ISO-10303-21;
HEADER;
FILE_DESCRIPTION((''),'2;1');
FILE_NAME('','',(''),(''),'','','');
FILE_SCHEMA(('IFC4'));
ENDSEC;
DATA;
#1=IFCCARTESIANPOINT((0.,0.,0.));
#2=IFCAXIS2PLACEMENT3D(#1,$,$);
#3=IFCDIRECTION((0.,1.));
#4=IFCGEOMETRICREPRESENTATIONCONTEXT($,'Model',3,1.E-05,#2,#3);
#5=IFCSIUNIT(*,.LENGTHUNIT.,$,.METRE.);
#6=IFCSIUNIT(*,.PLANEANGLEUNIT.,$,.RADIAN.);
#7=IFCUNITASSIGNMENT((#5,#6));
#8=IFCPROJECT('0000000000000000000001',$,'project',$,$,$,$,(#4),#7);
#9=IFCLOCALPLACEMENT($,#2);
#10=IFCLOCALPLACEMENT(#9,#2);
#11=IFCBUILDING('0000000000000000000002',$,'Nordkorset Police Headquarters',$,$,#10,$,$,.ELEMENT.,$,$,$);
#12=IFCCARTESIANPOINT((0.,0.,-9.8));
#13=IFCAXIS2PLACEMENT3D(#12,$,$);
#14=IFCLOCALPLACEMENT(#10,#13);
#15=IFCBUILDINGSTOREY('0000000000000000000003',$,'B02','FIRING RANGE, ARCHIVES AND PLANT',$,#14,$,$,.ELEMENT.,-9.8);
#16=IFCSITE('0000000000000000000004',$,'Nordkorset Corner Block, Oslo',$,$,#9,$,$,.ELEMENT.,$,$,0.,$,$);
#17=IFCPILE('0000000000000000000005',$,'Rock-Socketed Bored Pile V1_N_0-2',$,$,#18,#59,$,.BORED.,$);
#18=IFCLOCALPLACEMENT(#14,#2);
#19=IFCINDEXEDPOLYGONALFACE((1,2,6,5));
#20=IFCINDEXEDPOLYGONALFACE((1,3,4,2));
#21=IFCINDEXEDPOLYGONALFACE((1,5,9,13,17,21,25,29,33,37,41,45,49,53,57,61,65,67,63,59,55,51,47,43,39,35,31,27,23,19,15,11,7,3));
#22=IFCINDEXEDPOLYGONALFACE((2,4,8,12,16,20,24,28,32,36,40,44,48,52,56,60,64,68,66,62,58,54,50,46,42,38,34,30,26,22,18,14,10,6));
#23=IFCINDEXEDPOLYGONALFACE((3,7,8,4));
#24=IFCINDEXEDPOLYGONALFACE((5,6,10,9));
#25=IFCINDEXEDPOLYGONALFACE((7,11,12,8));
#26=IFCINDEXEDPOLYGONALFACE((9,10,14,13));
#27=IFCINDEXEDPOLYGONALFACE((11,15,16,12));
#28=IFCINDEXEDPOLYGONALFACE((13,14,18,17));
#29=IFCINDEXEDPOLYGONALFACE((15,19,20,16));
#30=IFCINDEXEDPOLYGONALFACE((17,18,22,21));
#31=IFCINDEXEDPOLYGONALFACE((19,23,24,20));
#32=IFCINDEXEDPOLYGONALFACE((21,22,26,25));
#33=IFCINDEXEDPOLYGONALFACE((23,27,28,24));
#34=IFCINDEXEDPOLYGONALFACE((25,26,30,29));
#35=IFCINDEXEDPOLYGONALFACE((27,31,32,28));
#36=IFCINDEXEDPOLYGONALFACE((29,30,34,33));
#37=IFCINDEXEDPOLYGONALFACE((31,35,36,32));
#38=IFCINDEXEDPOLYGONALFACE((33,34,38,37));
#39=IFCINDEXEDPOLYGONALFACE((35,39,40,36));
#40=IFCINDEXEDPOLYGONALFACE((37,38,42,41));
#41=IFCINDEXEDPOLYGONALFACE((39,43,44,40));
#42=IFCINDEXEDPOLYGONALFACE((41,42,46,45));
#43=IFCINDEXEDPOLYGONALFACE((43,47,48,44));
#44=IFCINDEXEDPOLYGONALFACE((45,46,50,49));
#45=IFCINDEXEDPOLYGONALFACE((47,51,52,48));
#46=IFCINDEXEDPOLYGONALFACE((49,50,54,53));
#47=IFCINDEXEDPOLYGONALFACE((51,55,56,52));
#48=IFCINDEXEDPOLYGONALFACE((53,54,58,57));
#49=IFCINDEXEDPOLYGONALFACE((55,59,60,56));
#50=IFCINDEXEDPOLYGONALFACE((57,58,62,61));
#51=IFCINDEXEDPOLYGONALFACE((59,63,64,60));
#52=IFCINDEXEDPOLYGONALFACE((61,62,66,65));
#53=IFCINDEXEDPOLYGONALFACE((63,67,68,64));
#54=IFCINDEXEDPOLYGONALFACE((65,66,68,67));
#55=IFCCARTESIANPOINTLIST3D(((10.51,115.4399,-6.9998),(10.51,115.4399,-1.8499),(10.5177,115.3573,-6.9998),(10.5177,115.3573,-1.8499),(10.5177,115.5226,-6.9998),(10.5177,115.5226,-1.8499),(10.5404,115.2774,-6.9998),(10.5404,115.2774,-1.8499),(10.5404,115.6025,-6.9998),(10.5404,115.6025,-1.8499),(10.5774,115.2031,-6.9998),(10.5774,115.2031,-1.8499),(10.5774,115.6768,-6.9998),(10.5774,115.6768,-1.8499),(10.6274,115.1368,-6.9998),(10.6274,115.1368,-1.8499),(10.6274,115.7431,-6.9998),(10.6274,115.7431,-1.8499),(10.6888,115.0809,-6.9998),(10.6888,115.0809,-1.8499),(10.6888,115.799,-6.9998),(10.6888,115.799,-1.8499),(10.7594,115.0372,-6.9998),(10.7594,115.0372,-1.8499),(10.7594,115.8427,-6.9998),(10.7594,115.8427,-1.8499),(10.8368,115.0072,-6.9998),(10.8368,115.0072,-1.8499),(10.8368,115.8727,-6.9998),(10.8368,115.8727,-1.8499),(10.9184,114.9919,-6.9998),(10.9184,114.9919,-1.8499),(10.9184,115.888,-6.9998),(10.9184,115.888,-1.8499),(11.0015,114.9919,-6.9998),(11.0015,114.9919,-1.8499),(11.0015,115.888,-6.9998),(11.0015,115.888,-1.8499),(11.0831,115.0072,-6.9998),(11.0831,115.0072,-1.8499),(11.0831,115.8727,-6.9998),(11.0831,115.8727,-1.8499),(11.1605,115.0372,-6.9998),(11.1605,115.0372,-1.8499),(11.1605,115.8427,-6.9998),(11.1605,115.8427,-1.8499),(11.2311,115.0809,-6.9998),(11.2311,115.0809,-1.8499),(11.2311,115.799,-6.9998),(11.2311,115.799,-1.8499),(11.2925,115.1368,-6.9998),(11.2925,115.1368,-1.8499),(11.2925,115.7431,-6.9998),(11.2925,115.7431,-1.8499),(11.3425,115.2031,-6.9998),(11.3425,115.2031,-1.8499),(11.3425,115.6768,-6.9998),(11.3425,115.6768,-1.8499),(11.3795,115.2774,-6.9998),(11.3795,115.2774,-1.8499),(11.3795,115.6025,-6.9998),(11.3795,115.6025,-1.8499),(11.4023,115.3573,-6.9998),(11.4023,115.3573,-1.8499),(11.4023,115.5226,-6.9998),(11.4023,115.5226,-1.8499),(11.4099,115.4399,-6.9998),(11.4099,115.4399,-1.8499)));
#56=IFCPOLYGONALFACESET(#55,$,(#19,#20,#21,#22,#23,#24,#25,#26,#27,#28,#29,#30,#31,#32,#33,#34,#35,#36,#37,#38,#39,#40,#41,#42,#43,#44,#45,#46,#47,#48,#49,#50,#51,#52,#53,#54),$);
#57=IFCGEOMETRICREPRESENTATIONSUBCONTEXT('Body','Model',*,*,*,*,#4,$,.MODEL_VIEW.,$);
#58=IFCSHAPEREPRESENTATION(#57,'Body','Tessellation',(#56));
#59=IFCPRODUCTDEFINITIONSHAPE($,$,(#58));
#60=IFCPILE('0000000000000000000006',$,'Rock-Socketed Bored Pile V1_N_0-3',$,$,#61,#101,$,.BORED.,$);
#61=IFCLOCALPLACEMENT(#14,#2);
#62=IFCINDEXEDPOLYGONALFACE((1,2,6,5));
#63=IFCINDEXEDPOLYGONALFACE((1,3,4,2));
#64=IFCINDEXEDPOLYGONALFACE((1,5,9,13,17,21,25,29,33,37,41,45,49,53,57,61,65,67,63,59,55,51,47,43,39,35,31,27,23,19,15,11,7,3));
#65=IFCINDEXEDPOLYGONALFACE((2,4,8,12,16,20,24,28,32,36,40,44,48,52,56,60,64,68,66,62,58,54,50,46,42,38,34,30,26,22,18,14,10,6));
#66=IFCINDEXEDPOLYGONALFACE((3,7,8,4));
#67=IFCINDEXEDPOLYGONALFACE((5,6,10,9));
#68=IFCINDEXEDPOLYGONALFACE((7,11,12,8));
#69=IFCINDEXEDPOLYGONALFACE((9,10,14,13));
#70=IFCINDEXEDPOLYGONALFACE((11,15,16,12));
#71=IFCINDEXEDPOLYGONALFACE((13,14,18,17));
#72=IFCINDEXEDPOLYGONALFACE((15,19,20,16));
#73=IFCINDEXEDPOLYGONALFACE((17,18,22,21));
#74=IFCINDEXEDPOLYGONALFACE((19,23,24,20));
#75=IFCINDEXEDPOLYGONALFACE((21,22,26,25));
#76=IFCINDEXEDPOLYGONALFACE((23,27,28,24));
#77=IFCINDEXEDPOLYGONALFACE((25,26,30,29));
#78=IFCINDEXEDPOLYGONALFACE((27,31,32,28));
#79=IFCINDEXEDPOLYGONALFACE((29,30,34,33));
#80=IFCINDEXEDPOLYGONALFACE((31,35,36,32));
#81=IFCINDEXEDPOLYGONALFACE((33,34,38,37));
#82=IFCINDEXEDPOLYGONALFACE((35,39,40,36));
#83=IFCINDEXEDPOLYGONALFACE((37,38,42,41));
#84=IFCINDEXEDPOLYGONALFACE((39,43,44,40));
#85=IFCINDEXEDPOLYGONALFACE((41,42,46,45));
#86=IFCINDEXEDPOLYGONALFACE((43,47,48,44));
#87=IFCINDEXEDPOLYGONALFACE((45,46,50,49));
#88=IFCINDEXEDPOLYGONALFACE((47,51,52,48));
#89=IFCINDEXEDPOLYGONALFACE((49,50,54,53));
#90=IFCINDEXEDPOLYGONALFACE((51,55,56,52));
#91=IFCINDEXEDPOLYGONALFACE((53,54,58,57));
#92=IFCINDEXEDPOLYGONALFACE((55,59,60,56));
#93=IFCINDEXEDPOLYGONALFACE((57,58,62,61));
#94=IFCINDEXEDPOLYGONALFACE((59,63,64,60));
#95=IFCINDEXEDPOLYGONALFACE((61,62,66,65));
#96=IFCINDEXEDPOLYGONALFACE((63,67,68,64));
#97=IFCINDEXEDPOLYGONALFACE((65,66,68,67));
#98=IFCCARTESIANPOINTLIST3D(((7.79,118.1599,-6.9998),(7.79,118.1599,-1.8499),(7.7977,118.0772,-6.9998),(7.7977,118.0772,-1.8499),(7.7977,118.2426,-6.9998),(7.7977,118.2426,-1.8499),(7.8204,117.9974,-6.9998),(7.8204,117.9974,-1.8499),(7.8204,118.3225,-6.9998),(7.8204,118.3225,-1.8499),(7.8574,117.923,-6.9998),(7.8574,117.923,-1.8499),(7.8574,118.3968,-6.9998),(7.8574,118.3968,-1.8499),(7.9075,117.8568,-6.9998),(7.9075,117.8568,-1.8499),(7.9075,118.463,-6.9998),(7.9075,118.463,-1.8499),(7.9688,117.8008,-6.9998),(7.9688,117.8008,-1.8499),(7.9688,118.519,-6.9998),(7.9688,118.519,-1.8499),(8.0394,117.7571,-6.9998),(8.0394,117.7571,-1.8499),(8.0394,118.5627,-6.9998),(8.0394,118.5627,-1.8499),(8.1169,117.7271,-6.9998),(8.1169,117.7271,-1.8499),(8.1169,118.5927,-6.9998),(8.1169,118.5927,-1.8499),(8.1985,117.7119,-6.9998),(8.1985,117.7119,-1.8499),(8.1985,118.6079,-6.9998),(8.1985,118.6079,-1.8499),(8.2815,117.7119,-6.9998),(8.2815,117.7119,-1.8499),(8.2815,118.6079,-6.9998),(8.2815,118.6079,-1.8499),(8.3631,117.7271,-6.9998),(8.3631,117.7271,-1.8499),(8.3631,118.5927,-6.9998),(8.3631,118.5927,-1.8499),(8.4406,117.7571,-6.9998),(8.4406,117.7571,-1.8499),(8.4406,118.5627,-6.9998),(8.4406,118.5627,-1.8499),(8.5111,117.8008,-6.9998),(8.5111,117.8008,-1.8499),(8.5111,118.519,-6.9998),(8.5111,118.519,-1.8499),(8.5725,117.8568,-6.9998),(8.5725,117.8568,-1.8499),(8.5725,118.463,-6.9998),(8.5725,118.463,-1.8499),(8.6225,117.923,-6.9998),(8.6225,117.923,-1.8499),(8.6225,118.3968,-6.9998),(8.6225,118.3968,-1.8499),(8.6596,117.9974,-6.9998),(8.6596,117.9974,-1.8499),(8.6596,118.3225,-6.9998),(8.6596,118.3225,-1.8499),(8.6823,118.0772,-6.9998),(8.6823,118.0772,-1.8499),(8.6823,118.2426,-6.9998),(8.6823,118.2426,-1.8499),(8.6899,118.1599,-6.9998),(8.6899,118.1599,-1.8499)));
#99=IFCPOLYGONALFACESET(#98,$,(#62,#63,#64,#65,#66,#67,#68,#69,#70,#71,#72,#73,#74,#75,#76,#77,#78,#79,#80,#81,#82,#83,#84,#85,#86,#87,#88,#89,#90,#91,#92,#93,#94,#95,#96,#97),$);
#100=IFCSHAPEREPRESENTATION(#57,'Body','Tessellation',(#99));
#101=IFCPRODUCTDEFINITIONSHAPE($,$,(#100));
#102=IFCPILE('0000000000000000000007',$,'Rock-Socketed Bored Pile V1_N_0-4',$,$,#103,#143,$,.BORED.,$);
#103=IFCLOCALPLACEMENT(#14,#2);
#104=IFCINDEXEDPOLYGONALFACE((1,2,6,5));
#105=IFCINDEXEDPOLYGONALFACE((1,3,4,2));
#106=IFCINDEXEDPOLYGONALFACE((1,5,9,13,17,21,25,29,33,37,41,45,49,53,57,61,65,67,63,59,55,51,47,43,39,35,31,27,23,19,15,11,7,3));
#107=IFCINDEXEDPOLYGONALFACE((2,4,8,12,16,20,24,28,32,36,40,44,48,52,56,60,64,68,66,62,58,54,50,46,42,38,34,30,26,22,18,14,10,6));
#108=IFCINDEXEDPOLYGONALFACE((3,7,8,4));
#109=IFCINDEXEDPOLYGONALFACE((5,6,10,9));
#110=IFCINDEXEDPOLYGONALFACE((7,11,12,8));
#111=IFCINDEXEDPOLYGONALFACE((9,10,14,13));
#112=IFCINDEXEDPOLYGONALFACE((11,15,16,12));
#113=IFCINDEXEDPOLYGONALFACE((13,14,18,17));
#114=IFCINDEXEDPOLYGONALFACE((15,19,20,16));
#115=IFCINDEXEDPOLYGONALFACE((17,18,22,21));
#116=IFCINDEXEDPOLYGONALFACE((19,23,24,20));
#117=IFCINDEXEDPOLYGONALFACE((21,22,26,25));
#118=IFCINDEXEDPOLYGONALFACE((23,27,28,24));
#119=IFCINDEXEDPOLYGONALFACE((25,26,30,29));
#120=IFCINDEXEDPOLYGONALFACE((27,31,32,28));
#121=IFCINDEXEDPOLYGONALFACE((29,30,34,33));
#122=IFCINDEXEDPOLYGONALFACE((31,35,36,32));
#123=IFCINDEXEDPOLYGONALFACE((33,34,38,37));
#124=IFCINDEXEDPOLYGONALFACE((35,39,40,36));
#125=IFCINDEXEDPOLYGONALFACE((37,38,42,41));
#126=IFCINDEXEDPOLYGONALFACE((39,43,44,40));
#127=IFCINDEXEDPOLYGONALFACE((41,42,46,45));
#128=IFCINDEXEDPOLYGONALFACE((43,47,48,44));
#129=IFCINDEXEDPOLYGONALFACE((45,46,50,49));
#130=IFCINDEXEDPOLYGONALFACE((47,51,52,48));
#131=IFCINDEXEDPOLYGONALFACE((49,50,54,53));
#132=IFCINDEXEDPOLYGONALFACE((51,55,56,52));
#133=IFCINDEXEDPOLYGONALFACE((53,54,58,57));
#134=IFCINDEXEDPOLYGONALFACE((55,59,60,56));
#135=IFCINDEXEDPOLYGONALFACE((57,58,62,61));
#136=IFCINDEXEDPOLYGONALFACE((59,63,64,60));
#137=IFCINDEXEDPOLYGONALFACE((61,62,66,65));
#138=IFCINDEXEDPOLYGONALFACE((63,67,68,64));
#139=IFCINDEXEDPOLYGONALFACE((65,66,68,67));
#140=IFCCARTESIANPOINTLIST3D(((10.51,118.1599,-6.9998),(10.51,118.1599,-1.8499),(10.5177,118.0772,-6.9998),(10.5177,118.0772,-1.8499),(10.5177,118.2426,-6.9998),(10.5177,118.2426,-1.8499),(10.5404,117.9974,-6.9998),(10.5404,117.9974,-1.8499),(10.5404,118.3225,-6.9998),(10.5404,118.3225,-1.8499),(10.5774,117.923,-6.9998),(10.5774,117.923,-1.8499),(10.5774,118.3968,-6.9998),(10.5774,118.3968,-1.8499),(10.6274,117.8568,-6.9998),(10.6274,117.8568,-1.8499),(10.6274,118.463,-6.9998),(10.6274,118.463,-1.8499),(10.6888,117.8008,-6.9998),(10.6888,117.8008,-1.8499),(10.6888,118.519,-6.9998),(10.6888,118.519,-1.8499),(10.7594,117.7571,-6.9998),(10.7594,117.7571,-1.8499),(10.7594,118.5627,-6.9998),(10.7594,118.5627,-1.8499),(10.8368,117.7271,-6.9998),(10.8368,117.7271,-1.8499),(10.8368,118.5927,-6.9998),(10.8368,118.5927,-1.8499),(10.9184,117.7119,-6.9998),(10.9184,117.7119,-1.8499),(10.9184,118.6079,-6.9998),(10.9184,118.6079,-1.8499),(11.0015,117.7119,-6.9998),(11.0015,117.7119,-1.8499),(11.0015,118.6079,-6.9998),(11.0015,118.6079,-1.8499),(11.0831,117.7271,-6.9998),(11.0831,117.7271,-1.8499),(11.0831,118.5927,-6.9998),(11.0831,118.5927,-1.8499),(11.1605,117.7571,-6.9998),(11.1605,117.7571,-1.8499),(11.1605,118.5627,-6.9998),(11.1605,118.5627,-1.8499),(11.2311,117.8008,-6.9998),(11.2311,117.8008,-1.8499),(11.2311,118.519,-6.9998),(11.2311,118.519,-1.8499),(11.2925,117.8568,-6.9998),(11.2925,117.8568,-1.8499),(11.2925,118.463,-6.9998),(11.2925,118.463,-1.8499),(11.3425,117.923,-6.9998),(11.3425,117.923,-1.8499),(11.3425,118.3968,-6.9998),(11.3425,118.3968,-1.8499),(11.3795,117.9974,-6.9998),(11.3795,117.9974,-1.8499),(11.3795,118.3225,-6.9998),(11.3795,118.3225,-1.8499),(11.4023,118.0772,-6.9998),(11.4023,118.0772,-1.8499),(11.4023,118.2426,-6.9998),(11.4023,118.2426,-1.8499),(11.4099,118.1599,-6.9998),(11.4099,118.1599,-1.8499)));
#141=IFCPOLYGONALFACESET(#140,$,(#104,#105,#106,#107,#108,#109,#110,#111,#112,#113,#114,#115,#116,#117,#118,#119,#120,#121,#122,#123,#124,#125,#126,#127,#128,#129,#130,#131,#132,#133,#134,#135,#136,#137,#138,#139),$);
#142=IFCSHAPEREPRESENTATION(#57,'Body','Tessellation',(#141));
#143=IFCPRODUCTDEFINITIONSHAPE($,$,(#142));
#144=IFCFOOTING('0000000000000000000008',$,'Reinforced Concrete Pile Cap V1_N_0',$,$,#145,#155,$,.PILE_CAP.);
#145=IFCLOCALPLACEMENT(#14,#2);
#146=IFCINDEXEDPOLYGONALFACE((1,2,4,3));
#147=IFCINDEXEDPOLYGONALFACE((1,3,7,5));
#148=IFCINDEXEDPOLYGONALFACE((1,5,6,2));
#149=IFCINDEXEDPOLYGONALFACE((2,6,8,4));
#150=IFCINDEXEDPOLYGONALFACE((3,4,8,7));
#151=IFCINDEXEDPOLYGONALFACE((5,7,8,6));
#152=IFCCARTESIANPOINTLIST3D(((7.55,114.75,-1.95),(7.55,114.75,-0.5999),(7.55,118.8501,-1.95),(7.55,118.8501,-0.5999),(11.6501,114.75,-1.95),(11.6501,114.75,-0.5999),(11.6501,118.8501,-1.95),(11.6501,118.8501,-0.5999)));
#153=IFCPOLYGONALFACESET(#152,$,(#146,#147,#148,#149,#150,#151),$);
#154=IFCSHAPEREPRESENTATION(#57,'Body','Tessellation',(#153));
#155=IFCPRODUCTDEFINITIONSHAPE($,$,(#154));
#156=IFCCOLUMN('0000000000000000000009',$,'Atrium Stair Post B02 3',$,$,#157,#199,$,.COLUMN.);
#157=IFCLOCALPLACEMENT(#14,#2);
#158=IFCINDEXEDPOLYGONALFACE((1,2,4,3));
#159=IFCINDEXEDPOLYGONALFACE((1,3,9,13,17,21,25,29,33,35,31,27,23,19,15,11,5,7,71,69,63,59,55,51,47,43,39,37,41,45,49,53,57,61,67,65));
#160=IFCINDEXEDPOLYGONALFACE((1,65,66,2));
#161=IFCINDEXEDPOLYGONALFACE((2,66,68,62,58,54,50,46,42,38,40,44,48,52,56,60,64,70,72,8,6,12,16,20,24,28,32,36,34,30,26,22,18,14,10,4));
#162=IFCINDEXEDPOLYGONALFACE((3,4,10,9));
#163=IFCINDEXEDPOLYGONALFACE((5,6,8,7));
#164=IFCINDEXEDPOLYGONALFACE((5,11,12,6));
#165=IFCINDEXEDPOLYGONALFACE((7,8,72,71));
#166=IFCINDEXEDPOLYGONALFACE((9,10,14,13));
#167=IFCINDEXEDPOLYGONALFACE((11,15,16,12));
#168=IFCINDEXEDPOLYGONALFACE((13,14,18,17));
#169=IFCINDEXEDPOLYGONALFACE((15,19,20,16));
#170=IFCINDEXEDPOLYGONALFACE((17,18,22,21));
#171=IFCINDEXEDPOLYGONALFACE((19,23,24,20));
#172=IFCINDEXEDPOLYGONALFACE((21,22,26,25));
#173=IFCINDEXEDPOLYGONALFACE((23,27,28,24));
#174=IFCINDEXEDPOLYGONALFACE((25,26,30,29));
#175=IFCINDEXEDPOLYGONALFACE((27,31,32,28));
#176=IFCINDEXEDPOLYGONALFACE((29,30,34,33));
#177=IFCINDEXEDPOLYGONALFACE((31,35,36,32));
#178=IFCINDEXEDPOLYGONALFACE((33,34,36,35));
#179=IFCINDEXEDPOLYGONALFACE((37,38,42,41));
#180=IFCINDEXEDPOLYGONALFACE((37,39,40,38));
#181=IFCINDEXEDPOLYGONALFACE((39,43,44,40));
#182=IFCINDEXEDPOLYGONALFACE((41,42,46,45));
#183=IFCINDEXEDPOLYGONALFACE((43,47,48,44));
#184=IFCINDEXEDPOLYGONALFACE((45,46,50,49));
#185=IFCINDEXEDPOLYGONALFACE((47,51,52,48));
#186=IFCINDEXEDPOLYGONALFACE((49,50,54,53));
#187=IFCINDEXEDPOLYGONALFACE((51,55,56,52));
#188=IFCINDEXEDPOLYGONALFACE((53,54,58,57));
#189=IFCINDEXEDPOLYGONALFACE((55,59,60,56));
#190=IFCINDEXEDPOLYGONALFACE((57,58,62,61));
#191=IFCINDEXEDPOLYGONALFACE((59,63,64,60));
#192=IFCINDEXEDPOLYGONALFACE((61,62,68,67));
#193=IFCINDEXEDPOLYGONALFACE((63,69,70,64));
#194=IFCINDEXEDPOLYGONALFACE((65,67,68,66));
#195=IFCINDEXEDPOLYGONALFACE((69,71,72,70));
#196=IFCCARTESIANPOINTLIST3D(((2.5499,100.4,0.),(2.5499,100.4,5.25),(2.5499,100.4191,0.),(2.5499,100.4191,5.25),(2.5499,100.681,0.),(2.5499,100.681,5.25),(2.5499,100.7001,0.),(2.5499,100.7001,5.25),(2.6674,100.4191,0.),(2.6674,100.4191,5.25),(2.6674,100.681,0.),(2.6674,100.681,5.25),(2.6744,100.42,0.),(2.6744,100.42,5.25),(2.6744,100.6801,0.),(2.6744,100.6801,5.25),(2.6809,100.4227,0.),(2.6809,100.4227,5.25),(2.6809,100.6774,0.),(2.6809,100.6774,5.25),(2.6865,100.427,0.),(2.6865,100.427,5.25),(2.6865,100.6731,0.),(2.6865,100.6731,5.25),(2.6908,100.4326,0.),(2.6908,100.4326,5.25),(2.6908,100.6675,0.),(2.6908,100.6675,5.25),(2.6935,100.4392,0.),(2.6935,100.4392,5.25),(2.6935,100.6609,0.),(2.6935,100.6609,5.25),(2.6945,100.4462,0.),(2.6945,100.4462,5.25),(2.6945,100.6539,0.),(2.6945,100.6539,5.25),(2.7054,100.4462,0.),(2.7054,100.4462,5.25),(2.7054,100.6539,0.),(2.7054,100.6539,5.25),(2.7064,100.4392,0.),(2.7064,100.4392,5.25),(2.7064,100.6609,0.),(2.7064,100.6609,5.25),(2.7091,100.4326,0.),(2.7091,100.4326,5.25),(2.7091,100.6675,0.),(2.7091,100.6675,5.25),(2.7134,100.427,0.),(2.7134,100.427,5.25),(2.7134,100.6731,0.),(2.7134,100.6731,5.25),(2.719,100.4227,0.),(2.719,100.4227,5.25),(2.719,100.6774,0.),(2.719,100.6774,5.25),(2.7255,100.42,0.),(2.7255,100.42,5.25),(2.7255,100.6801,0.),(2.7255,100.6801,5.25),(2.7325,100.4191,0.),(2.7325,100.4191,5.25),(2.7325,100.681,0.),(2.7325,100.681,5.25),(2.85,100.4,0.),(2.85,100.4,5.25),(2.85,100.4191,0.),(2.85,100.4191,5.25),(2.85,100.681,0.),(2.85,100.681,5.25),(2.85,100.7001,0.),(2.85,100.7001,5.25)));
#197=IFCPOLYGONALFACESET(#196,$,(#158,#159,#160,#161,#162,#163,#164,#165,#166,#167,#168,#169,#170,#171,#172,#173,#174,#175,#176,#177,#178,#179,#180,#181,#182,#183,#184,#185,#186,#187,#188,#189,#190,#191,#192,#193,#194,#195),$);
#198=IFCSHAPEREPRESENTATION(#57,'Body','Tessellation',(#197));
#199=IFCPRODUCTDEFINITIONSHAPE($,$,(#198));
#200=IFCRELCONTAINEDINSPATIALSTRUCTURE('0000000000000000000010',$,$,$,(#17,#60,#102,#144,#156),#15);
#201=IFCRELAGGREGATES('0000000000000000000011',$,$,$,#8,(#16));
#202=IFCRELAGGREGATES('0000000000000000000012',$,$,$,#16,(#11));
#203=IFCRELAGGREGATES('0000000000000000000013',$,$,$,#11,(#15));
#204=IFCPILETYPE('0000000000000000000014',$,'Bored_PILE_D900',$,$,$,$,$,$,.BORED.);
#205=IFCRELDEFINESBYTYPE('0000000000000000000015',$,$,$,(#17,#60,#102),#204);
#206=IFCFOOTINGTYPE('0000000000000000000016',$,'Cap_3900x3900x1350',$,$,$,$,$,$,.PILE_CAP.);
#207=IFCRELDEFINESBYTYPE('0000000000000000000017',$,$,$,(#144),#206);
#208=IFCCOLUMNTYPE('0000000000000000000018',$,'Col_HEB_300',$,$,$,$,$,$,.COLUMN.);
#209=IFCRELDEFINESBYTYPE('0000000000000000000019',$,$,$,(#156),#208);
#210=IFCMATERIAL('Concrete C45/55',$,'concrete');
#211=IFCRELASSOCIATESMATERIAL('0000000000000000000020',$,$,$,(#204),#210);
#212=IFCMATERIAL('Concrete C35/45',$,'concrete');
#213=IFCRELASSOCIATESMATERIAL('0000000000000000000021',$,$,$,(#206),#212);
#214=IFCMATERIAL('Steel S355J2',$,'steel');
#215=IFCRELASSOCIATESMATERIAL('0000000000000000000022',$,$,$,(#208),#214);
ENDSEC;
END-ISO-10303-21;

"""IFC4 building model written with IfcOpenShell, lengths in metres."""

from ifc_helpers import new_model, si_unit, direction, frame, origin, origin_2d, place, context, subcontext, project, spatial, rectangle, circle, i_section, extrude, material, material_profile, profile_set, type_object, element, save


model = new_model("IFC4")

# Units and contexts
model_context = context("Model", 3, precision=1e-05, world=origin(), true_north=direction((0.0, 1.0)))
body_context = subcontext(model_context, "Body", "Model", "MODEL_VIEW")
ifc_project = project(units=[si_unit("LENGTHUNIT", "METRE"), si_unit("PLANEANGLEUNIT", "RADIAN")], contexts=[model_context])

# Site, building, storey
site_placement = place(None, origin())
site = spatial("IfcSite", under=ifc_project, at=site_placement, Name="Nordkorset Corner Block, Oslo", CompositionType="ELEMENT", RefElevation=0.0)
building_placement = place(site_placement, origin())
building = spatial("IfcBuilding", under=site, at=building_placement, Name="Nordkorset Police Headquarters", CompositionType="ELEMENT")
storey_placement = place(building_placement, frame((0.0, 0.0, -9.8)))
storey = spatial("IfcBuildingStorey", under=building, at=storey_placement, Name="B02", Description="FIRING RANGE, ARCHIVES AND PLANT", CompositionType="ELEMENT", Elevation=-9.8)

# Piles
ifc_material_1 = material(Name="Concrete C45/55", Category="concrete")
ifc_material_profile_1 = material_profile(ifc_material_1, circle(Radius=0.45, at=origin_2d()), Name="PILE D900")
ifc_profile_set_1 = profile_set([ifc_material_profile_1], Name="Concrete C45/55")
pile_type = type_object("IfcPileType", Name="Bored_PILE_D900", PredefinedType="BORED", material=ifc_profile_set_1)
for number, where, z_axis, x_axis, name in (
    (1, (10.96, 115.4399, -1.8499), (0.0, 0.0, -1.0), (1.0, 0.0, 0.0), "Rock-Socketed Bored Pile V1_N_0-2"),
    (2, (8.24, 118.1599, -1.8499), (0.0, 0.0, -1.0), (1.0, 0.0, 0.0), "Rock-Socketed Bored Pile V1_N_0-3"),
    (3, (10.96, 118.1599, -1.8499), (0.0, 0.0, -1.0), (1.0, 0.0, 0.0), "Rock-Socketed Bored Pile V1_N_0-4"),
):
    element("IfcPile", number, at=place(storey_placement, frame(where, z_axis=z_axis, x_axis=x_axis)), inside=storey, type_object=pile_type, Name=name, PredefinedType="BORED", context=body_context, shape_type="SweptSolid", body=[
        extrude(circle(Radius=0.45, at=origin_2d()), origin(), (0.0, 0.0, 1.0), 5.1499),
    ])

# Footing
ifc_material_2 = material(Name="Concrete C35/45", Category="concrete")
footing_type = type_object("IfcFootingType", Name="Cap_3900x3900x1350", PredefinedType="PILE_CAP", material=ifc_material_2)
footing_placement = place(storey_placement, frame((9.6001, 116.8, -1.95), z_axis=(0.0, 0.0, 1.0), x_axis=(1.0, 0.0, 0.0)))
element("IfcFooting", 4, at=footing_placement, inside=storey, type_object=footing_type, Name="Reinforced Concrete Pile Cap V1_N_0", PredefinedType="PILE_CAP", context=body_context, shape_type="SweptSolid", body=[
    extrude(rectangle(XDim=4.1001, YDim=4.1001, at=origin_2d()), origin(), (0.0, 0.0, 1.0), 1.3501),
])

# Column
ifc_material_3 = material(Name="Steel S355J2", Category="steel")
ifc_material_profile_2 = material_profile(ifc_material_3, i_section(OverallWidth=0.3, OverallDepth=0.3, WebThickness=0.011, FlangeThickness=0.019, FilletRadius=0.0271, at=origin_2d()), Name="HEB 300")
ifc_profile_set_2 = profile_set([ifc_material_profile_2], Name="Steel S355J2")
column_type_1 = type_object("IfcColumnType", Name="Col_HEB_300", PredefinedType="COLUMN", material=ifc_profile_set_2)
for number, where, z_axis, x_axis, name in (
    (5, (2.7, 100.55, 0.0), (0.0, 0.0, 1.0), (1.0, 0.0, 0.0), "Atrium Stair Post B02 3"),
):
    element("IfcColumn", number, at=place(storey_placement, frame(where, z_axis=z_axis, x_axis=x_axis)), inside=storey, type_object=column_type_1, Name=name, PredefinedType="COLUMN", context=body_context, shape_type="SweptSolid", body=[
        extrude(i_section(OverallWidth=0.3, OverallDepth=0.3, WebThickness=0.011, FlangeThickness=0.019, FilletRadius=0.0271, at=origin_2d()), origin(), (0.0, 0.0, 1.0), 5.25),
    ])

save(model, "model.ifc")
